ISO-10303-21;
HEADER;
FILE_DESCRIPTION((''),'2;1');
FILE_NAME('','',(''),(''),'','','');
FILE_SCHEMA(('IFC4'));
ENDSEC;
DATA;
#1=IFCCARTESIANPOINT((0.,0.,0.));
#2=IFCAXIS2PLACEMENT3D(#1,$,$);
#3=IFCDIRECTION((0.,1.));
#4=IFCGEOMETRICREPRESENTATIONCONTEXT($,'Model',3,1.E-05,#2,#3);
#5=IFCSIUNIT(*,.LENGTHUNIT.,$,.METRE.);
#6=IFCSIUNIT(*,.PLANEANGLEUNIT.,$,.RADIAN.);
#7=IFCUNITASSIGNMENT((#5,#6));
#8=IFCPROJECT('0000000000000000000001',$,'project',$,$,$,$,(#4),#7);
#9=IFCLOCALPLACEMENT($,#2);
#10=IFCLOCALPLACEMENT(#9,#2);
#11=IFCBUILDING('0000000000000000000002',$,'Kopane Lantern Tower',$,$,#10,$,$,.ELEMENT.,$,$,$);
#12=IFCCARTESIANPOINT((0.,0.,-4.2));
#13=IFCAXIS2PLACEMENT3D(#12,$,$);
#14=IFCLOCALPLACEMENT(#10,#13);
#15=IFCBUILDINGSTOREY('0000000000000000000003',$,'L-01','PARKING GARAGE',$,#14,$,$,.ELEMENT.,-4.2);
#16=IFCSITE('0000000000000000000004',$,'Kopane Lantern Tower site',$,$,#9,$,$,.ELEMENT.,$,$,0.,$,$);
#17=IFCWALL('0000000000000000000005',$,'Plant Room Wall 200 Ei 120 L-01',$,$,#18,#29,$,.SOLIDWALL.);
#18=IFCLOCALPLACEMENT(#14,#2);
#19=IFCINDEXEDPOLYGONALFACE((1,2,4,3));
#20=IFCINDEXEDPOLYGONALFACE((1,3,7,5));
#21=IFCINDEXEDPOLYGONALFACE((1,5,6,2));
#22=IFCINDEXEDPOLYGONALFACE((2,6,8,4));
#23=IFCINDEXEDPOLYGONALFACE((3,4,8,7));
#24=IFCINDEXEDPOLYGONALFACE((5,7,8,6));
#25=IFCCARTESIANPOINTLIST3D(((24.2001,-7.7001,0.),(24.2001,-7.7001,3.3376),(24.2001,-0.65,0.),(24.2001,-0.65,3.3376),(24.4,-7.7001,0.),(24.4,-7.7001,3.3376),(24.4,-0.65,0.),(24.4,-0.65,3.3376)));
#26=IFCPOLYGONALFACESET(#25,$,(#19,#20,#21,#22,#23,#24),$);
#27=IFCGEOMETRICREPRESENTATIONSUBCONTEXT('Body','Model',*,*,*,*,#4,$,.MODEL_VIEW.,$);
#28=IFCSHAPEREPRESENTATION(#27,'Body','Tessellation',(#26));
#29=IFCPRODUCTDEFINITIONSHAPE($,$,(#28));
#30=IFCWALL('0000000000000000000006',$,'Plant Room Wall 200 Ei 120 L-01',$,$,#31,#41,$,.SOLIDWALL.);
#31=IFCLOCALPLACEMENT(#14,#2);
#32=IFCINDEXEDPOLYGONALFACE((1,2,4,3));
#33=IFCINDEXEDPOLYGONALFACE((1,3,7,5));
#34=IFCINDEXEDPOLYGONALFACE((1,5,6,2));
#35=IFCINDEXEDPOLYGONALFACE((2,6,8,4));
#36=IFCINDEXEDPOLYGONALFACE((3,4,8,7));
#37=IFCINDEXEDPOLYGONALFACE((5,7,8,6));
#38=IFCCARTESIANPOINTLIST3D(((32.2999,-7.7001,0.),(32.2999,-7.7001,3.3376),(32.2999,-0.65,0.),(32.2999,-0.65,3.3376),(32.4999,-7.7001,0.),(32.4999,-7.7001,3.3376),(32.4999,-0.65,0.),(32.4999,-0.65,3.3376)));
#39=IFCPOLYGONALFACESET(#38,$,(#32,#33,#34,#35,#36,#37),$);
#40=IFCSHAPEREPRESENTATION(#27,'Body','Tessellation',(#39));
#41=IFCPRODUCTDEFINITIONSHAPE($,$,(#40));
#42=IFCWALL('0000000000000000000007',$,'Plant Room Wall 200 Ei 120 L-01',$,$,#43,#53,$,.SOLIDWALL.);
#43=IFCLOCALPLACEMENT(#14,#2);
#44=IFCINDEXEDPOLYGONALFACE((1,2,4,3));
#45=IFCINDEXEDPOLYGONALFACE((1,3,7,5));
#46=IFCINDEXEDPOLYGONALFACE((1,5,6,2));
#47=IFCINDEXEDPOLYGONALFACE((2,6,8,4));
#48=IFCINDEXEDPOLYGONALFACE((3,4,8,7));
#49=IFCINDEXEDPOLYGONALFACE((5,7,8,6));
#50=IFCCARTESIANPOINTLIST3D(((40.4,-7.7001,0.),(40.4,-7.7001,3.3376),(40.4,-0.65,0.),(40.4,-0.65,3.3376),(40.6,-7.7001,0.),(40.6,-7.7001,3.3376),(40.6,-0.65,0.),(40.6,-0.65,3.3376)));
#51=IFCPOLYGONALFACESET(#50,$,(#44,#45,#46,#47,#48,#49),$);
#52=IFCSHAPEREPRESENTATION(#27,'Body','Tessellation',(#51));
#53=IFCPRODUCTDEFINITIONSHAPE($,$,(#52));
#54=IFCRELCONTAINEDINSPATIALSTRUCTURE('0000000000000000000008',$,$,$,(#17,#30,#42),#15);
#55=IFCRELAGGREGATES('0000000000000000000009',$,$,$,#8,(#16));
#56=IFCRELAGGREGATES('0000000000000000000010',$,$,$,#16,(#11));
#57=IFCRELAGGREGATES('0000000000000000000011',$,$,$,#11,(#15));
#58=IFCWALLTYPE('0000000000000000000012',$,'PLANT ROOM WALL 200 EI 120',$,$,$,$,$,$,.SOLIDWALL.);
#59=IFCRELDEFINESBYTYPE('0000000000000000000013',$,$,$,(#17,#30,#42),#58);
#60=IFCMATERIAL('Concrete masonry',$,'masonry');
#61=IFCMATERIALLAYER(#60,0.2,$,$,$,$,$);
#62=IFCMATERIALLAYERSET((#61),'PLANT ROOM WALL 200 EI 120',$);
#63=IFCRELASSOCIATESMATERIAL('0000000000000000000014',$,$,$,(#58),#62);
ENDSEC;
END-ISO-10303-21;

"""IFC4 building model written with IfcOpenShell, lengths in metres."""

from ifc_helpers import new_model, si_unit, direction, frame, frame_2d, origin, place, context, subcontext, project, spatial, rectangle, extrude, material, layer, layer_set, type_object, element, save


model = new_model("IFC4")

# Units and contexts
model_context = context("Model", 3, precision=1e-05, world=origin(), true_north=direction((0.0, 1.0)))
body_context = subcontext(model_context, "Body", "Model", "MODEL_VIEW")
ifc_project = project(units=[si_unit("LENGTHUNIT", "METRE"), si_unit("PLANEANGLEUNIT", "RADIAN")], contexts=[model_context])

# Site, building, storey
site_placement = place(None, origin())
site = spatial("IfcSite", under=ifc_project, at=site_placement, Name="Kopane Lantern Tower site", CompositionType="ELEMENT", RefElevation=0.0)
building_placement = place(site_placement, origin())
building = spatial("IfcBuilding", under=site, at=building_placement, Name="Kopane Lantern Tower", CompositionType="ELEMENT")
storey_placement = place(building_placement, frame((0.0, 0.0, -4.2)))
storey = spatial("IfcBuildingStorey", under=building, at=storey_placement, Name="L-01", Description="PARKING GARAGE", CompositionType="ELEMENT", Elevation=-4.2)

# Walls
ifc_material_1 = material(Name="Concrete masonry", Category="masonry")
ifc_layer = layer(ifc_material_1, 0.2)
ifc_layer_set = layer_set([ifc_layer], Name="PLANT ROOM WALL 200 EI 120")
wall_type = type_object("IfcWallType", Name="PLANT ROOM WALL 200 EI 120", PredefinedType="SOLIDWALL", material=ifc_layer_set)
for number, where, z_axis, x_axis, name in (
    (1, (24.3, -7.7, 0.0), (0.0, 0.0, 1.0), (0.0, 1.0, 0.0), "Plant Room Wall 200 Ei 120 L-01"),
    (2, (32.3999, -7.7, 0.0), (0.0, 0.0, 1.0), (0.0, 1.0, 0.0), "Plant Room Wall 200 Ei 120 L-01"),
    (3, (40.5, -7.7, 0.0), (0.0, 0.0, 1.0), (0.0, 1.0, 0.0), "Plant Room Wall 200 Ei 120 L-01"),
):
    element("IfcWall", number, at=place(storey_placement, frame(where, z_axis=z_axis, x_axis=x_axis)), inside=storey, type_object=wall_type, Name=name, PredefinedType="SOLIDWALL", context=body_context, shape_type="SweptSolid", body=[
        extrude(rectangle(XDim=7.05, YDim=0.2, at=frame_2d((3.5249, 0.0))), origin(), (0.0, 0.0, 1.0), 3.3376),
    ])

save(model, "model.ifc")
